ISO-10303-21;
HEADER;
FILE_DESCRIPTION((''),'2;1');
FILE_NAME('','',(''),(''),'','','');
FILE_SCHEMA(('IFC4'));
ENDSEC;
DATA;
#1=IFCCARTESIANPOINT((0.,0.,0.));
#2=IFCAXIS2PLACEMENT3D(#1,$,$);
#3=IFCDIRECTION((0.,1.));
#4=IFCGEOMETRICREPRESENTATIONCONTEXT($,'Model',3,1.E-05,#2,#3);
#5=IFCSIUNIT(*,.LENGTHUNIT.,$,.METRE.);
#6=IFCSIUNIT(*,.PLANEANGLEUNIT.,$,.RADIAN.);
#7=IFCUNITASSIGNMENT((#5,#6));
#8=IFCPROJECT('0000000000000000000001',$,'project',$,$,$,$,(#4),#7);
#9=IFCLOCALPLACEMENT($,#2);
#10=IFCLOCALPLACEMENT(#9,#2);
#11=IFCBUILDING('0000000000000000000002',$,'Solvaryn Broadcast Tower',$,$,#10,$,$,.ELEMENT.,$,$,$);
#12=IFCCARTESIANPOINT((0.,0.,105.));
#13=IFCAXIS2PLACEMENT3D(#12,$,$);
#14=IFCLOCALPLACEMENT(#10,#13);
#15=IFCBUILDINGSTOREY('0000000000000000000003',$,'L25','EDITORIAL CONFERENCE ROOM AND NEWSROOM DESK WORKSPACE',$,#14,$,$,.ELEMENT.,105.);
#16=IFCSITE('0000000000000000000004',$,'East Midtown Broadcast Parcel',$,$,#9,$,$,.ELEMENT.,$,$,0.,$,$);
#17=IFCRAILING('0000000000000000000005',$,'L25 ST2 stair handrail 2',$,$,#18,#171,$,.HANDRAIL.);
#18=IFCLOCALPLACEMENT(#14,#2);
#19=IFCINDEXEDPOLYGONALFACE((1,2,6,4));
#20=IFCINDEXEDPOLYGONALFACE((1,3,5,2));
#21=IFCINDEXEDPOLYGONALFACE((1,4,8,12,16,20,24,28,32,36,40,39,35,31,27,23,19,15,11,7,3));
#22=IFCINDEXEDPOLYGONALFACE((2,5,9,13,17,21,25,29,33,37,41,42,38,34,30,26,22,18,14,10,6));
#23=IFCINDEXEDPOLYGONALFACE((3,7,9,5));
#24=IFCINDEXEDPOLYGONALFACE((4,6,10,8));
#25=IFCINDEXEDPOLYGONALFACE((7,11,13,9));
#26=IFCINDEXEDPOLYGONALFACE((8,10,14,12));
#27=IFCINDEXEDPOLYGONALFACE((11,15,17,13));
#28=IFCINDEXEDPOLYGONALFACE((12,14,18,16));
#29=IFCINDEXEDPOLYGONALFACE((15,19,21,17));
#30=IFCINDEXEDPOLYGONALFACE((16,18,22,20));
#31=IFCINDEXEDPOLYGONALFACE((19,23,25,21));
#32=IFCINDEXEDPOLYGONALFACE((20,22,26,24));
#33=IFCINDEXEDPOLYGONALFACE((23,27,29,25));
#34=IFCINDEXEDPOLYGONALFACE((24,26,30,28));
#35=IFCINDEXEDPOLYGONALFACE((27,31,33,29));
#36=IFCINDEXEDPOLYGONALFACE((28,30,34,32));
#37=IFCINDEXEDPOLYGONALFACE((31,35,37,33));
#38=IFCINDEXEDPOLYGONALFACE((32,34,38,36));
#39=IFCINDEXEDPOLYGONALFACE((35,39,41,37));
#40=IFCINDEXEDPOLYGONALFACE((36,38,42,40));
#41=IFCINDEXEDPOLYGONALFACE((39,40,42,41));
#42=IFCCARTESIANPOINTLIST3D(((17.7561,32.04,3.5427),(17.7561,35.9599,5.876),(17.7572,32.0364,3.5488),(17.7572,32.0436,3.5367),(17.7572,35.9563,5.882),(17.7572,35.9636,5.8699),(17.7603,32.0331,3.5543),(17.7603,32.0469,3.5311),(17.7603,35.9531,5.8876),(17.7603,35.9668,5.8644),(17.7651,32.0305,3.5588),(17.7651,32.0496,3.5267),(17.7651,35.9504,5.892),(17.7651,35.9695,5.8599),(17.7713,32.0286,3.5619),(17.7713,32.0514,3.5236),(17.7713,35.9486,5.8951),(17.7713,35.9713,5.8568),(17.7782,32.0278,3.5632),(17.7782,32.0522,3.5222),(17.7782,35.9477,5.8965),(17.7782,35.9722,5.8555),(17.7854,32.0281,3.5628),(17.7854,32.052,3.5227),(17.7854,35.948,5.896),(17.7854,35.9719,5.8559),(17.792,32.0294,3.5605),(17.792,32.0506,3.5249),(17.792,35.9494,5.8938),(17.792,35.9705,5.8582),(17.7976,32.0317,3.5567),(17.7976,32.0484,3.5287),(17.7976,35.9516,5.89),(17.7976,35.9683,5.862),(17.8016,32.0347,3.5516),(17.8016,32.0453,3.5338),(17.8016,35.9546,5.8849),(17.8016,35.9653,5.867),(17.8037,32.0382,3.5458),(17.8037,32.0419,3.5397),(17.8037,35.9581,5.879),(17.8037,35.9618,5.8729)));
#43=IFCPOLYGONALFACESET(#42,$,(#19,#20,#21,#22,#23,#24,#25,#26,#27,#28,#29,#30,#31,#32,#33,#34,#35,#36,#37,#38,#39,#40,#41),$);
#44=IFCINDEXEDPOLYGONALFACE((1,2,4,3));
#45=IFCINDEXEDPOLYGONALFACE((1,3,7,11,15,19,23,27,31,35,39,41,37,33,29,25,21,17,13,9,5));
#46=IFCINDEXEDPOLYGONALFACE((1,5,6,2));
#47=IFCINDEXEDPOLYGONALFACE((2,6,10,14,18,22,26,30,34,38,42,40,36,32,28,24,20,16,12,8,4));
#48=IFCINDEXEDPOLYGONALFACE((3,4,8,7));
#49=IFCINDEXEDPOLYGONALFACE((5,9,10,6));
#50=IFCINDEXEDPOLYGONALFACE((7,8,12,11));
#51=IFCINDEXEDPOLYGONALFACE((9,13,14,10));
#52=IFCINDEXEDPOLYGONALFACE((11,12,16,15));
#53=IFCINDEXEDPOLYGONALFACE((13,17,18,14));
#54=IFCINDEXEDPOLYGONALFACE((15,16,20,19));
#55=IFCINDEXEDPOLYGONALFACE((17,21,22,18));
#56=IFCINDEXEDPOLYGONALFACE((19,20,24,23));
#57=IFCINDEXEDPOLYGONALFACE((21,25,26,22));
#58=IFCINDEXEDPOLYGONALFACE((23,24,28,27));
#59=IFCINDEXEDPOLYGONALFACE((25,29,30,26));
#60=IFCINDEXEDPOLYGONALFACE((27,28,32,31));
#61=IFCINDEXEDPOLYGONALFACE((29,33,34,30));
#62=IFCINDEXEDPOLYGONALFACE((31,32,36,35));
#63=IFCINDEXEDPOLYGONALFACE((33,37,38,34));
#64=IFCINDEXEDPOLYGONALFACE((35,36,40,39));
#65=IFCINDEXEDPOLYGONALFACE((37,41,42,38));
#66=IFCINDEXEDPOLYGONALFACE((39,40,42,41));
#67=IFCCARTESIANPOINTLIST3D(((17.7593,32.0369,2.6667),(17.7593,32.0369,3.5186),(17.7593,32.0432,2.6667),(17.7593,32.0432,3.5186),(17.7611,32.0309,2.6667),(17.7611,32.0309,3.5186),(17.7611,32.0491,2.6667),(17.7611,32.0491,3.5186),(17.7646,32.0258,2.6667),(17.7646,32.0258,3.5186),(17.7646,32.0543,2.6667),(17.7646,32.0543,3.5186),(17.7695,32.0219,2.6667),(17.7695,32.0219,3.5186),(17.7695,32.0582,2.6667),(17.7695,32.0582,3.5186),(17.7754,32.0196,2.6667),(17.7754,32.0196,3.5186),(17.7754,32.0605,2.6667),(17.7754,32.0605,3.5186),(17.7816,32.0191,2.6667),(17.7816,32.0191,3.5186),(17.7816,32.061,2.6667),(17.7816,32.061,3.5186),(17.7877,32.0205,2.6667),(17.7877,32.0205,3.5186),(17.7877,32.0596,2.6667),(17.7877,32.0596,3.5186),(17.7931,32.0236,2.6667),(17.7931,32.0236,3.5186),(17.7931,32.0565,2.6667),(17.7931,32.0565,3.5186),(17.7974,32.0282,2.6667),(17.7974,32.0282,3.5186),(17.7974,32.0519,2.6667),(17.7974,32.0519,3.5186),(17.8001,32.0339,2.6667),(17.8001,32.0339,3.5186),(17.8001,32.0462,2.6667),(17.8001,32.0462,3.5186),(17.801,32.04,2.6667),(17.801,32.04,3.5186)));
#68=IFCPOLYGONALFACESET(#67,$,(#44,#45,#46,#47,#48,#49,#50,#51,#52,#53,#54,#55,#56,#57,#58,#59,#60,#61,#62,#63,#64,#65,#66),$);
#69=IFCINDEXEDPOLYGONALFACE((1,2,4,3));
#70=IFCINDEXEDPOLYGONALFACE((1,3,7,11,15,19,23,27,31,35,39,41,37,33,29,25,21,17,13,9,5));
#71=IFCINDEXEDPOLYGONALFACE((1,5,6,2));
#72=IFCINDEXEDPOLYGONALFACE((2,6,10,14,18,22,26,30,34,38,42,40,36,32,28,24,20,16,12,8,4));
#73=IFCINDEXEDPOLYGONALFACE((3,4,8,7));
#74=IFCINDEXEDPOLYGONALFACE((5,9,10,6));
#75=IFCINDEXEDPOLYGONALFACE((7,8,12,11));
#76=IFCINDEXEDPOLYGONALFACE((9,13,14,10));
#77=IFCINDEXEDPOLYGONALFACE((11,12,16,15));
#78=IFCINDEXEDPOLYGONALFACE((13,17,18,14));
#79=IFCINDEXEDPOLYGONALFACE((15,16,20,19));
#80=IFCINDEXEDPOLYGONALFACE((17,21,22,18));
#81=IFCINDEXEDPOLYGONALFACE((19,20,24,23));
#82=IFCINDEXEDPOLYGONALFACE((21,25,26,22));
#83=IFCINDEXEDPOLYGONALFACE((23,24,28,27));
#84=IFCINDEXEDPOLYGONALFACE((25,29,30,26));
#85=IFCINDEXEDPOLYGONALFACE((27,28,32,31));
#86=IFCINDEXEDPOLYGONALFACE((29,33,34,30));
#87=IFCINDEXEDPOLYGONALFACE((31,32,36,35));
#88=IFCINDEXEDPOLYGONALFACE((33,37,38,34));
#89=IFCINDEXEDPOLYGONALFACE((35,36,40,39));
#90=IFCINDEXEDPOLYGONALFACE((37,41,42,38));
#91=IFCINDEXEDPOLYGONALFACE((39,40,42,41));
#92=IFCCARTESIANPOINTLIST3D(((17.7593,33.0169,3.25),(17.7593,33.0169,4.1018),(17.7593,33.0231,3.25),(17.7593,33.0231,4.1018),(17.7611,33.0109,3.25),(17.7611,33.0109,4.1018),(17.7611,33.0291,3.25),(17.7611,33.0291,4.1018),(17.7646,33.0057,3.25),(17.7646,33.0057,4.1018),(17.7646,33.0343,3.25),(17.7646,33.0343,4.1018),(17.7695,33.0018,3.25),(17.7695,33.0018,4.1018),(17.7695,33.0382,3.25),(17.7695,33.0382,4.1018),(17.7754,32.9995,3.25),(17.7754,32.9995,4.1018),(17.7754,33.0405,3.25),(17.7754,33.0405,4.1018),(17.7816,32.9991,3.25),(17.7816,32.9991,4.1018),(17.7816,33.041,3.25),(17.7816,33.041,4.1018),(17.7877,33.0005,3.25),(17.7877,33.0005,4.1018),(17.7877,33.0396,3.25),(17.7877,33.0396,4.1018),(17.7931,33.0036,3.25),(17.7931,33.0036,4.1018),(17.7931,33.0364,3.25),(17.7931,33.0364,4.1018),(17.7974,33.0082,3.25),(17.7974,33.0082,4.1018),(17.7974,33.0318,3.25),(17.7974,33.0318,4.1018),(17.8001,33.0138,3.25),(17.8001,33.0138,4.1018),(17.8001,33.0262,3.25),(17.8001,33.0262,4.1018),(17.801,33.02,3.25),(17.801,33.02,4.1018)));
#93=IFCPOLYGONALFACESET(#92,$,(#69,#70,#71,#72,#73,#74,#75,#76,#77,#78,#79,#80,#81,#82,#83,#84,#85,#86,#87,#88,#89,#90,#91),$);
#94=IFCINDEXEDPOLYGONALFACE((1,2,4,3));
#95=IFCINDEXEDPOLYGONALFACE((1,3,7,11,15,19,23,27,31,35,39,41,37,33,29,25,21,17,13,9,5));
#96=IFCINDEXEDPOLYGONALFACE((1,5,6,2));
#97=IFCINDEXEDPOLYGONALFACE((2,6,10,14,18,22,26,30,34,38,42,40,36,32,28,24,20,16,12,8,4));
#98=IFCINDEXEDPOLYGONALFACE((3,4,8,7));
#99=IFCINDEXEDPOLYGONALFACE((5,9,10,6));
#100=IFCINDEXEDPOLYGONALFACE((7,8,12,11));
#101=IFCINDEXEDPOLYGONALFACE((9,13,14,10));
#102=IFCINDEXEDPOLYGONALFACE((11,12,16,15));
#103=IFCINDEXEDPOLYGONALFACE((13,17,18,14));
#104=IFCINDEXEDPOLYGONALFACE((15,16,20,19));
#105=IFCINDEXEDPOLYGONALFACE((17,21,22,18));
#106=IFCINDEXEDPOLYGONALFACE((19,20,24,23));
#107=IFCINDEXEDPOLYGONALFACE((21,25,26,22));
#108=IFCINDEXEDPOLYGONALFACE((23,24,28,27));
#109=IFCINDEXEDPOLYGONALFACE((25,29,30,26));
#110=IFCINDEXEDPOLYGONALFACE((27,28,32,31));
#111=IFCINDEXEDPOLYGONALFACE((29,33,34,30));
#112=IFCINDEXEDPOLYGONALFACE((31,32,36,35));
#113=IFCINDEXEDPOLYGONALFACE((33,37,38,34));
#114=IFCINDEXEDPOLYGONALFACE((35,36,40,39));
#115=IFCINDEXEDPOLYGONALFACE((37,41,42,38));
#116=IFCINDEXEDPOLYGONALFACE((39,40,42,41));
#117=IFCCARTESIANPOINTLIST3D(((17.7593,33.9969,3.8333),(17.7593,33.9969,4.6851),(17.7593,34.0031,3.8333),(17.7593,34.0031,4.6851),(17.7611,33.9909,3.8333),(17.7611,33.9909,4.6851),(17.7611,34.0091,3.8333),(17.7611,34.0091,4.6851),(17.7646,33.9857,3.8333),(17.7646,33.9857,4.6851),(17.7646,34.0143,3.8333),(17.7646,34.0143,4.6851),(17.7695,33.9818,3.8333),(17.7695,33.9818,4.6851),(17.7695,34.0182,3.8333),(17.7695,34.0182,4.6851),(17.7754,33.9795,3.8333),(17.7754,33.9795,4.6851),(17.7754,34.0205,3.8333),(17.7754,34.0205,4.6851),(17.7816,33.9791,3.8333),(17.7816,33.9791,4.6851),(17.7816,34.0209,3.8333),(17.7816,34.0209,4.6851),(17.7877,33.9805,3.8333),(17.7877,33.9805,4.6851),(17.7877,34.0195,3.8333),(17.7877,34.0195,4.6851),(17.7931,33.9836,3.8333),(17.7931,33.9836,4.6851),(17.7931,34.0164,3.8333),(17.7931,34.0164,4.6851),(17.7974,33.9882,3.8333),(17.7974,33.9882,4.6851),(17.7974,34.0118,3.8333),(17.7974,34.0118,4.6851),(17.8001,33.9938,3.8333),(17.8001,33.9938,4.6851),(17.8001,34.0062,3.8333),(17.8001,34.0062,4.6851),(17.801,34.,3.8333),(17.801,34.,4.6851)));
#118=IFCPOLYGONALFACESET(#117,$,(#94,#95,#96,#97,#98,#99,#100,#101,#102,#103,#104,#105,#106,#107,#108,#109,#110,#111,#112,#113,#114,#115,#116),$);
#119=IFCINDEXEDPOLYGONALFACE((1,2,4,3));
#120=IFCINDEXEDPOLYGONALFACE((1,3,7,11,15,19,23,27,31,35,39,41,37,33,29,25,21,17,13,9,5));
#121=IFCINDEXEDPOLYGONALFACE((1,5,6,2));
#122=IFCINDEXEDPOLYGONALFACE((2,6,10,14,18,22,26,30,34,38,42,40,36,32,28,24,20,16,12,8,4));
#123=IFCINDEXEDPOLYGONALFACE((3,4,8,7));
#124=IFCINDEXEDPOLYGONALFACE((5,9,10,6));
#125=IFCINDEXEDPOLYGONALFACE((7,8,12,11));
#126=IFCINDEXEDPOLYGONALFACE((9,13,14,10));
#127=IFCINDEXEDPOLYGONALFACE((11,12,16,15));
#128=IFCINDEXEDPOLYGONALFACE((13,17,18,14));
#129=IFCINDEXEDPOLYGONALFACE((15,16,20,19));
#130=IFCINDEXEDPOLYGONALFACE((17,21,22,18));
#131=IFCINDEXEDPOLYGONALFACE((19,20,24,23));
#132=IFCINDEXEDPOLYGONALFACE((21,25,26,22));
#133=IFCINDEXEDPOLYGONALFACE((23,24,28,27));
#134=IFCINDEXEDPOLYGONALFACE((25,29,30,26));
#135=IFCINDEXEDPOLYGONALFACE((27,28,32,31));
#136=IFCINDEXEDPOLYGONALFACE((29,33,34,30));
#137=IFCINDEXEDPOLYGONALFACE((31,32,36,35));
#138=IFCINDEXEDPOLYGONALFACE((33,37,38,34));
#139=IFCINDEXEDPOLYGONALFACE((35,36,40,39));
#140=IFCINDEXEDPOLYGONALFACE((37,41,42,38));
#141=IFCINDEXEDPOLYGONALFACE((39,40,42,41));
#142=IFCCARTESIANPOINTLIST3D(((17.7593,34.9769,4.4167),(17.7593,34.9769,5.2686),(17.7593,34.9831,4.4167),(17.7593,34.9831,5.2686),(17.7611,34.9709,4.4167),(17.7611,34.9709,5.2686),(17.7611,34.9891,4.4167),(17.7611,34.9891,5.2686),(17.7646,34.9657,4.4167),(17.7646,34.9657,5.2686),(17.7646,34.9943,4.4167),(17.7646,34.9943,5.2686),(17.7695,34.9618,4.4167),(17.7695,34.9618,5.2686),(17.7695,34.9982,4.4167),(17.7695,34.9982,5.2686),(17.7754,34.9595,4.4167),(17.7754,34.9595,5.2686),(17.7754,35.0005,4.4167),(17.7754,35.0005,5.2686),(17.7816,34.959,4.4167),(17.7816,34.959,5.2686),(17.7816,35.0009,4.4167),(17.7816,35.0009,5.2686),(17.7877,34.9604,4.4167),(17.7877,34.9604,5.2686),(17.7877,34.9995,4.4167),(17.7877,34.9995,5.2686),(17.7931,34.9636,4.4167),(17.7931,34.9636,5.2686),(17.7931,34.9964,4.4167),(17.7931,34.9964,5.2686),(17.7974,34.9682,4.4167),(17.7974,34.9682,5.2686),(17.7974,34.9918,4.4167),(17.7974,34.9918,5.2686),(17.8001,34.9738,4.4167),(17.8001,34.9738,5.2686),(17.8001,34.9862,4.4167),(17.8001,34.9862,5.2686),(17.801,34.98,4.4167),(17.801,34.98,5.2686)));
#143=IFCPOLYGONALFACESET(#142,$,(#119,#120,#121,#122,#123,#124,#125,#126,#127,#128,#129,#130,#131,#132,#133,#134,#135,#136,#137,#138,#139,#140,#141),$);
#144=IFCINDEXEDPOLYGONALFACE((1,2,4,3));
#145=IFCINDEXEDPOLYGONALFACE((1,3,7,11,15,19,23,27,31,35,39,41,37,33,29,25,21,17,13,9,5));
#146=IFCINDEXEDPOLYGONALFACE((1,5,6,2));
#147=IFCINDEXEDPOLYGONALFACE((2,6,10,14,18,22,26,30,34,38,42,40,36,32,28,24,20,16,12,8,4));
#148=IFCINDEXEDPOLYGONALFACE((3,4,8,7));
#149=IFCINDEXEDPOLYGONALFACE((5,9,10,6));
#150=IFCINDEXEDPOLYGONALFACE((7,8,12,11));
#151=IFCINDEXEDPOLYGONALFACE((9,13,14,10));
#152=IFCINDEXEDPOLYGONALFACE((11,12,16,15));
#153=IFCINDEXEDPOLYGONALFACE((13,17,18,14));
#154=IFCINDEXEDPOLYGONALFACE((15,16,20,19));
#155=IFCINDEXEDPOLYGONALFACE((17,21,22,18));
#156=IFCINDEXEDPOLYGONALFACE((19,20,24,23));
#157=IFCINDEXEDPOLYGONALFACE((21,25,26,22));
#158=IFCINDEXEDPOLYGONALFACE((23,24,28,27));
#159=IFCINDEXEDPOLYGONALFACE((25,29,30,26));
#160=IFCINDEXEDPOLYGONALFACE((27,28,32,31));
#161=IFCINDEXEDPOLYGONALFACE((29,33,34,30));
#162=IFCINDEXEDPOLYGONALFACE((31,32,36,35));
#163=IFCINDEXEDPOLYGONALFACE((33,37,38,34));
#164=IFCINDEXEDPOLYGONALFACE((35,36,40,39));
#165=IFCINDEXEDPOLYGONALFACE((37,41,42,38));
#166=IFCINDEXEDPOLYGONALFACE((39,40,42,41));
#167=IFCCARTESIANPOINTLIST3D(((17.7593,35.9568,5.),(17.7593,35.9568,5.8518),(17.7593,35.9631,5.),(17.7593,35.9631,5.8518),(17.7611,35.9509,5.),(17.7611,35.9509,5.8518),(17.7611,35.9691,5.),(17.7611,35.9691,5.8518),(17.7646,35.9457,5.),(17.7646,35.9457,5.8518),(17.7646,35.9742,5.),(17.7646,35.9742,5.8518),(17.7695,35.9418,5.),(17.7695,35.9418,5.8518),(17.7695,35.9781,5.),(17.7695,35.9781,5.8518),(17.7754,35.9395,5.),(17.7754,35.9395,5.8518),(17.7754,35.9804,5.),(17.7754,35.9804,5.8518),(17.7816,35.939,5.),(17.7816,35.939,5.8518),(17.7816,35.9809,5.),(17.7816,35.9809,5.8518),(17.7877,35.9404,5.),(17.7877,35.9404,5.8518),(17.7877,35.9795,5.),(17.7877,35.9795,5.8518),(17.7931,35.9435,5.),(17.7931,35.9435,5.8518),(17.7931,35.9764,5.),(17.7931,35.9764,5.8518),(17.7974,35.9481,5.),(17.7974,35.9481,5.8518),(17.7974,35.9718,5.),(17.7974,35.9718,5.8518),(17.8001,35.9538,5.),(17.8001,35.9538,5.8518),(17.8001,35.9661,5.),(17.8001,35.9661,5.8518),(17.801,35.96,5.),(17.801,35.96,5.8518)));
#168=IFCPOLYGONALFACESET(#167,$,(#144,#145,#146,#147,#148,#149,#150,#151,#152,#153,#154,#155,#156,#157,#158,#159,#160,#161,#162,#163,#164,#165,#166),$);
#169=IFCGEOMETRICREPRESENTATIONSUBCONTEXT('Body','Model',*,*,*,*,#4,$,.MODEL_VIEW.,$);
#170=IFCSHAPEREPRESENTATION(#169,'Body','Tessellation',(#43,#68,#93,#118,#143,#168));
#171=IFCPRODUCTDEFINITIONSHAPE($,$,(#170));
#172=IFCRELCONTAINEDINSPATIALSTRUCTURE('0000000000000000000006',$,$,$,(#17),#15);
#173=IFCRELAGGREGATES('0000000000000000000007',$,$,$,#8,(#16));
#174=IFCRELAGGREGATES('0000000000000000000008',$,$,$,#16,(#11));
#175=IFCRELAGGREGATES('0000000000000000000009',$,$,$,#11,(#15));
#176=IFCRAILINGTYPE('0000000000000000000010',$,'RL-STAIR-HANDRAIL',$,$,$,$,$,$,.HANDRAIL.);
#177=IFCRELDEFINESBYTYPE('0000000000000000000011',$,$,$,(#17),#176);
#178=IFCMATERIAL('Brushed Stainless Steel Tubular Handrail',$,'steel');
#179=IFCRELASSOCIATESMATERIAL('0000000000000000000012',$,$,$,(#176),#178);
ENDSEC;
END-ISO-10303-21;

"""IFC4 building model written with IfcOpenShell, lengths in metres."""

from ifc_helpers import new_model, si_unit, direction, frame, origin, origin_2d, place, context, subcontext, project, spatial, circle, extrude, material, type_object, element, save


model = new_model("IFC4")

# Units and contexts
model_context = context("Model", 3, precision=1e-05, world=origin(), true_north=direction((0.0, 1.0)))
body_context = subcontext(model_context, "Body", "Model", "MODEL_VIEW")
ifc_project = project(units=[si_unit("LENGTHUNIT", "METRE"), si_unit("PLANEANGLEUNIT", "RADIAN")], contexts=[model_context])

# Site, building, storey
site_placement = place(None, origin())
site = spatial("IfcSite", under=ifc_project, at=site_placement, Name="East Midtown Broadcast Parcel", CompositionType="ELEMENT", RefElevation=0.0)
building_placement = place(site_placement, origin())
building = spatial("IfcBuilding", under=site, at=building_placement, Name="Solvaryn Broadcast Tower", CompositionType="ELEMENT")
storey_placement = place(building_placement, frame((0.0, 0.0, 105.0)))
storey = spatial("IfcBuildingStorey", under=building, at=storey_placement, Name="L25", Description="EDITORIAL CONFERENCE ROOM AND NEWSROOM DESK WORKSPACE", CompositionType="ELEMENT", Elevation=105.0)

# Railing
ifc_material_1 = material(Name="Brushed Stainless Steel Tubular Handrail", Category="steel")
railing_type_1 = type_object("IfcRailingType", Name="RL-STAIR-HANDRAIL", PredefinedType="HANDRAIL", material=ifc_material_1)
railing_1_placement = place(storey_placement, frame((17.78, 32.04, 2.6667)))
element("IfcRailing", 1, at=railing_1_placement, inside=storey, type_object=railing_type_1, Name="L25 ST2 stair handrail 2", PredefinedType="HANDRAIL", context=body_context, shape_type="SweptSolid", body=[
    extrude(circle(Radius=0.0239, at=origin_2d()), frame((0.0, 0.0, 0.876), z_axis=(0.0, 0.859296, 0.511478), x_axis=(-1.0, 0.0, 0.0)), (0.0, 0.0, 1.0), 4.5618),
    extrude(circle(Radius=0.021, at=origin_2d()), origin(), (0.0, 0.0, 1.0), 0.8518),
    extrude(circle(Radius=0.021, at=origin_2d()), frame((0.0, 0.98, 0.5833)), (0.0, 0.0, 1.0), 0.8518),
    extrude(circle(Radius=0.021, at=origin_2d()), frame((0.0, 1.96, 1.1665)), (0.0, 0.0, 1.0), 0.8518),
    extrude(circle(Radius=0.021, at=origin_2d()), frame((0.0, 2.9399, 1.75)), (0.0, 0.0, 1.0), 0.8518),
    extrude(circle(Radius=0.021, at=origin_2d()), frame((0.0, 3.9199, 2.3333)), (0.0, 0.0, 1.0), 0.8518),
])

save(model, "model.ifc")
